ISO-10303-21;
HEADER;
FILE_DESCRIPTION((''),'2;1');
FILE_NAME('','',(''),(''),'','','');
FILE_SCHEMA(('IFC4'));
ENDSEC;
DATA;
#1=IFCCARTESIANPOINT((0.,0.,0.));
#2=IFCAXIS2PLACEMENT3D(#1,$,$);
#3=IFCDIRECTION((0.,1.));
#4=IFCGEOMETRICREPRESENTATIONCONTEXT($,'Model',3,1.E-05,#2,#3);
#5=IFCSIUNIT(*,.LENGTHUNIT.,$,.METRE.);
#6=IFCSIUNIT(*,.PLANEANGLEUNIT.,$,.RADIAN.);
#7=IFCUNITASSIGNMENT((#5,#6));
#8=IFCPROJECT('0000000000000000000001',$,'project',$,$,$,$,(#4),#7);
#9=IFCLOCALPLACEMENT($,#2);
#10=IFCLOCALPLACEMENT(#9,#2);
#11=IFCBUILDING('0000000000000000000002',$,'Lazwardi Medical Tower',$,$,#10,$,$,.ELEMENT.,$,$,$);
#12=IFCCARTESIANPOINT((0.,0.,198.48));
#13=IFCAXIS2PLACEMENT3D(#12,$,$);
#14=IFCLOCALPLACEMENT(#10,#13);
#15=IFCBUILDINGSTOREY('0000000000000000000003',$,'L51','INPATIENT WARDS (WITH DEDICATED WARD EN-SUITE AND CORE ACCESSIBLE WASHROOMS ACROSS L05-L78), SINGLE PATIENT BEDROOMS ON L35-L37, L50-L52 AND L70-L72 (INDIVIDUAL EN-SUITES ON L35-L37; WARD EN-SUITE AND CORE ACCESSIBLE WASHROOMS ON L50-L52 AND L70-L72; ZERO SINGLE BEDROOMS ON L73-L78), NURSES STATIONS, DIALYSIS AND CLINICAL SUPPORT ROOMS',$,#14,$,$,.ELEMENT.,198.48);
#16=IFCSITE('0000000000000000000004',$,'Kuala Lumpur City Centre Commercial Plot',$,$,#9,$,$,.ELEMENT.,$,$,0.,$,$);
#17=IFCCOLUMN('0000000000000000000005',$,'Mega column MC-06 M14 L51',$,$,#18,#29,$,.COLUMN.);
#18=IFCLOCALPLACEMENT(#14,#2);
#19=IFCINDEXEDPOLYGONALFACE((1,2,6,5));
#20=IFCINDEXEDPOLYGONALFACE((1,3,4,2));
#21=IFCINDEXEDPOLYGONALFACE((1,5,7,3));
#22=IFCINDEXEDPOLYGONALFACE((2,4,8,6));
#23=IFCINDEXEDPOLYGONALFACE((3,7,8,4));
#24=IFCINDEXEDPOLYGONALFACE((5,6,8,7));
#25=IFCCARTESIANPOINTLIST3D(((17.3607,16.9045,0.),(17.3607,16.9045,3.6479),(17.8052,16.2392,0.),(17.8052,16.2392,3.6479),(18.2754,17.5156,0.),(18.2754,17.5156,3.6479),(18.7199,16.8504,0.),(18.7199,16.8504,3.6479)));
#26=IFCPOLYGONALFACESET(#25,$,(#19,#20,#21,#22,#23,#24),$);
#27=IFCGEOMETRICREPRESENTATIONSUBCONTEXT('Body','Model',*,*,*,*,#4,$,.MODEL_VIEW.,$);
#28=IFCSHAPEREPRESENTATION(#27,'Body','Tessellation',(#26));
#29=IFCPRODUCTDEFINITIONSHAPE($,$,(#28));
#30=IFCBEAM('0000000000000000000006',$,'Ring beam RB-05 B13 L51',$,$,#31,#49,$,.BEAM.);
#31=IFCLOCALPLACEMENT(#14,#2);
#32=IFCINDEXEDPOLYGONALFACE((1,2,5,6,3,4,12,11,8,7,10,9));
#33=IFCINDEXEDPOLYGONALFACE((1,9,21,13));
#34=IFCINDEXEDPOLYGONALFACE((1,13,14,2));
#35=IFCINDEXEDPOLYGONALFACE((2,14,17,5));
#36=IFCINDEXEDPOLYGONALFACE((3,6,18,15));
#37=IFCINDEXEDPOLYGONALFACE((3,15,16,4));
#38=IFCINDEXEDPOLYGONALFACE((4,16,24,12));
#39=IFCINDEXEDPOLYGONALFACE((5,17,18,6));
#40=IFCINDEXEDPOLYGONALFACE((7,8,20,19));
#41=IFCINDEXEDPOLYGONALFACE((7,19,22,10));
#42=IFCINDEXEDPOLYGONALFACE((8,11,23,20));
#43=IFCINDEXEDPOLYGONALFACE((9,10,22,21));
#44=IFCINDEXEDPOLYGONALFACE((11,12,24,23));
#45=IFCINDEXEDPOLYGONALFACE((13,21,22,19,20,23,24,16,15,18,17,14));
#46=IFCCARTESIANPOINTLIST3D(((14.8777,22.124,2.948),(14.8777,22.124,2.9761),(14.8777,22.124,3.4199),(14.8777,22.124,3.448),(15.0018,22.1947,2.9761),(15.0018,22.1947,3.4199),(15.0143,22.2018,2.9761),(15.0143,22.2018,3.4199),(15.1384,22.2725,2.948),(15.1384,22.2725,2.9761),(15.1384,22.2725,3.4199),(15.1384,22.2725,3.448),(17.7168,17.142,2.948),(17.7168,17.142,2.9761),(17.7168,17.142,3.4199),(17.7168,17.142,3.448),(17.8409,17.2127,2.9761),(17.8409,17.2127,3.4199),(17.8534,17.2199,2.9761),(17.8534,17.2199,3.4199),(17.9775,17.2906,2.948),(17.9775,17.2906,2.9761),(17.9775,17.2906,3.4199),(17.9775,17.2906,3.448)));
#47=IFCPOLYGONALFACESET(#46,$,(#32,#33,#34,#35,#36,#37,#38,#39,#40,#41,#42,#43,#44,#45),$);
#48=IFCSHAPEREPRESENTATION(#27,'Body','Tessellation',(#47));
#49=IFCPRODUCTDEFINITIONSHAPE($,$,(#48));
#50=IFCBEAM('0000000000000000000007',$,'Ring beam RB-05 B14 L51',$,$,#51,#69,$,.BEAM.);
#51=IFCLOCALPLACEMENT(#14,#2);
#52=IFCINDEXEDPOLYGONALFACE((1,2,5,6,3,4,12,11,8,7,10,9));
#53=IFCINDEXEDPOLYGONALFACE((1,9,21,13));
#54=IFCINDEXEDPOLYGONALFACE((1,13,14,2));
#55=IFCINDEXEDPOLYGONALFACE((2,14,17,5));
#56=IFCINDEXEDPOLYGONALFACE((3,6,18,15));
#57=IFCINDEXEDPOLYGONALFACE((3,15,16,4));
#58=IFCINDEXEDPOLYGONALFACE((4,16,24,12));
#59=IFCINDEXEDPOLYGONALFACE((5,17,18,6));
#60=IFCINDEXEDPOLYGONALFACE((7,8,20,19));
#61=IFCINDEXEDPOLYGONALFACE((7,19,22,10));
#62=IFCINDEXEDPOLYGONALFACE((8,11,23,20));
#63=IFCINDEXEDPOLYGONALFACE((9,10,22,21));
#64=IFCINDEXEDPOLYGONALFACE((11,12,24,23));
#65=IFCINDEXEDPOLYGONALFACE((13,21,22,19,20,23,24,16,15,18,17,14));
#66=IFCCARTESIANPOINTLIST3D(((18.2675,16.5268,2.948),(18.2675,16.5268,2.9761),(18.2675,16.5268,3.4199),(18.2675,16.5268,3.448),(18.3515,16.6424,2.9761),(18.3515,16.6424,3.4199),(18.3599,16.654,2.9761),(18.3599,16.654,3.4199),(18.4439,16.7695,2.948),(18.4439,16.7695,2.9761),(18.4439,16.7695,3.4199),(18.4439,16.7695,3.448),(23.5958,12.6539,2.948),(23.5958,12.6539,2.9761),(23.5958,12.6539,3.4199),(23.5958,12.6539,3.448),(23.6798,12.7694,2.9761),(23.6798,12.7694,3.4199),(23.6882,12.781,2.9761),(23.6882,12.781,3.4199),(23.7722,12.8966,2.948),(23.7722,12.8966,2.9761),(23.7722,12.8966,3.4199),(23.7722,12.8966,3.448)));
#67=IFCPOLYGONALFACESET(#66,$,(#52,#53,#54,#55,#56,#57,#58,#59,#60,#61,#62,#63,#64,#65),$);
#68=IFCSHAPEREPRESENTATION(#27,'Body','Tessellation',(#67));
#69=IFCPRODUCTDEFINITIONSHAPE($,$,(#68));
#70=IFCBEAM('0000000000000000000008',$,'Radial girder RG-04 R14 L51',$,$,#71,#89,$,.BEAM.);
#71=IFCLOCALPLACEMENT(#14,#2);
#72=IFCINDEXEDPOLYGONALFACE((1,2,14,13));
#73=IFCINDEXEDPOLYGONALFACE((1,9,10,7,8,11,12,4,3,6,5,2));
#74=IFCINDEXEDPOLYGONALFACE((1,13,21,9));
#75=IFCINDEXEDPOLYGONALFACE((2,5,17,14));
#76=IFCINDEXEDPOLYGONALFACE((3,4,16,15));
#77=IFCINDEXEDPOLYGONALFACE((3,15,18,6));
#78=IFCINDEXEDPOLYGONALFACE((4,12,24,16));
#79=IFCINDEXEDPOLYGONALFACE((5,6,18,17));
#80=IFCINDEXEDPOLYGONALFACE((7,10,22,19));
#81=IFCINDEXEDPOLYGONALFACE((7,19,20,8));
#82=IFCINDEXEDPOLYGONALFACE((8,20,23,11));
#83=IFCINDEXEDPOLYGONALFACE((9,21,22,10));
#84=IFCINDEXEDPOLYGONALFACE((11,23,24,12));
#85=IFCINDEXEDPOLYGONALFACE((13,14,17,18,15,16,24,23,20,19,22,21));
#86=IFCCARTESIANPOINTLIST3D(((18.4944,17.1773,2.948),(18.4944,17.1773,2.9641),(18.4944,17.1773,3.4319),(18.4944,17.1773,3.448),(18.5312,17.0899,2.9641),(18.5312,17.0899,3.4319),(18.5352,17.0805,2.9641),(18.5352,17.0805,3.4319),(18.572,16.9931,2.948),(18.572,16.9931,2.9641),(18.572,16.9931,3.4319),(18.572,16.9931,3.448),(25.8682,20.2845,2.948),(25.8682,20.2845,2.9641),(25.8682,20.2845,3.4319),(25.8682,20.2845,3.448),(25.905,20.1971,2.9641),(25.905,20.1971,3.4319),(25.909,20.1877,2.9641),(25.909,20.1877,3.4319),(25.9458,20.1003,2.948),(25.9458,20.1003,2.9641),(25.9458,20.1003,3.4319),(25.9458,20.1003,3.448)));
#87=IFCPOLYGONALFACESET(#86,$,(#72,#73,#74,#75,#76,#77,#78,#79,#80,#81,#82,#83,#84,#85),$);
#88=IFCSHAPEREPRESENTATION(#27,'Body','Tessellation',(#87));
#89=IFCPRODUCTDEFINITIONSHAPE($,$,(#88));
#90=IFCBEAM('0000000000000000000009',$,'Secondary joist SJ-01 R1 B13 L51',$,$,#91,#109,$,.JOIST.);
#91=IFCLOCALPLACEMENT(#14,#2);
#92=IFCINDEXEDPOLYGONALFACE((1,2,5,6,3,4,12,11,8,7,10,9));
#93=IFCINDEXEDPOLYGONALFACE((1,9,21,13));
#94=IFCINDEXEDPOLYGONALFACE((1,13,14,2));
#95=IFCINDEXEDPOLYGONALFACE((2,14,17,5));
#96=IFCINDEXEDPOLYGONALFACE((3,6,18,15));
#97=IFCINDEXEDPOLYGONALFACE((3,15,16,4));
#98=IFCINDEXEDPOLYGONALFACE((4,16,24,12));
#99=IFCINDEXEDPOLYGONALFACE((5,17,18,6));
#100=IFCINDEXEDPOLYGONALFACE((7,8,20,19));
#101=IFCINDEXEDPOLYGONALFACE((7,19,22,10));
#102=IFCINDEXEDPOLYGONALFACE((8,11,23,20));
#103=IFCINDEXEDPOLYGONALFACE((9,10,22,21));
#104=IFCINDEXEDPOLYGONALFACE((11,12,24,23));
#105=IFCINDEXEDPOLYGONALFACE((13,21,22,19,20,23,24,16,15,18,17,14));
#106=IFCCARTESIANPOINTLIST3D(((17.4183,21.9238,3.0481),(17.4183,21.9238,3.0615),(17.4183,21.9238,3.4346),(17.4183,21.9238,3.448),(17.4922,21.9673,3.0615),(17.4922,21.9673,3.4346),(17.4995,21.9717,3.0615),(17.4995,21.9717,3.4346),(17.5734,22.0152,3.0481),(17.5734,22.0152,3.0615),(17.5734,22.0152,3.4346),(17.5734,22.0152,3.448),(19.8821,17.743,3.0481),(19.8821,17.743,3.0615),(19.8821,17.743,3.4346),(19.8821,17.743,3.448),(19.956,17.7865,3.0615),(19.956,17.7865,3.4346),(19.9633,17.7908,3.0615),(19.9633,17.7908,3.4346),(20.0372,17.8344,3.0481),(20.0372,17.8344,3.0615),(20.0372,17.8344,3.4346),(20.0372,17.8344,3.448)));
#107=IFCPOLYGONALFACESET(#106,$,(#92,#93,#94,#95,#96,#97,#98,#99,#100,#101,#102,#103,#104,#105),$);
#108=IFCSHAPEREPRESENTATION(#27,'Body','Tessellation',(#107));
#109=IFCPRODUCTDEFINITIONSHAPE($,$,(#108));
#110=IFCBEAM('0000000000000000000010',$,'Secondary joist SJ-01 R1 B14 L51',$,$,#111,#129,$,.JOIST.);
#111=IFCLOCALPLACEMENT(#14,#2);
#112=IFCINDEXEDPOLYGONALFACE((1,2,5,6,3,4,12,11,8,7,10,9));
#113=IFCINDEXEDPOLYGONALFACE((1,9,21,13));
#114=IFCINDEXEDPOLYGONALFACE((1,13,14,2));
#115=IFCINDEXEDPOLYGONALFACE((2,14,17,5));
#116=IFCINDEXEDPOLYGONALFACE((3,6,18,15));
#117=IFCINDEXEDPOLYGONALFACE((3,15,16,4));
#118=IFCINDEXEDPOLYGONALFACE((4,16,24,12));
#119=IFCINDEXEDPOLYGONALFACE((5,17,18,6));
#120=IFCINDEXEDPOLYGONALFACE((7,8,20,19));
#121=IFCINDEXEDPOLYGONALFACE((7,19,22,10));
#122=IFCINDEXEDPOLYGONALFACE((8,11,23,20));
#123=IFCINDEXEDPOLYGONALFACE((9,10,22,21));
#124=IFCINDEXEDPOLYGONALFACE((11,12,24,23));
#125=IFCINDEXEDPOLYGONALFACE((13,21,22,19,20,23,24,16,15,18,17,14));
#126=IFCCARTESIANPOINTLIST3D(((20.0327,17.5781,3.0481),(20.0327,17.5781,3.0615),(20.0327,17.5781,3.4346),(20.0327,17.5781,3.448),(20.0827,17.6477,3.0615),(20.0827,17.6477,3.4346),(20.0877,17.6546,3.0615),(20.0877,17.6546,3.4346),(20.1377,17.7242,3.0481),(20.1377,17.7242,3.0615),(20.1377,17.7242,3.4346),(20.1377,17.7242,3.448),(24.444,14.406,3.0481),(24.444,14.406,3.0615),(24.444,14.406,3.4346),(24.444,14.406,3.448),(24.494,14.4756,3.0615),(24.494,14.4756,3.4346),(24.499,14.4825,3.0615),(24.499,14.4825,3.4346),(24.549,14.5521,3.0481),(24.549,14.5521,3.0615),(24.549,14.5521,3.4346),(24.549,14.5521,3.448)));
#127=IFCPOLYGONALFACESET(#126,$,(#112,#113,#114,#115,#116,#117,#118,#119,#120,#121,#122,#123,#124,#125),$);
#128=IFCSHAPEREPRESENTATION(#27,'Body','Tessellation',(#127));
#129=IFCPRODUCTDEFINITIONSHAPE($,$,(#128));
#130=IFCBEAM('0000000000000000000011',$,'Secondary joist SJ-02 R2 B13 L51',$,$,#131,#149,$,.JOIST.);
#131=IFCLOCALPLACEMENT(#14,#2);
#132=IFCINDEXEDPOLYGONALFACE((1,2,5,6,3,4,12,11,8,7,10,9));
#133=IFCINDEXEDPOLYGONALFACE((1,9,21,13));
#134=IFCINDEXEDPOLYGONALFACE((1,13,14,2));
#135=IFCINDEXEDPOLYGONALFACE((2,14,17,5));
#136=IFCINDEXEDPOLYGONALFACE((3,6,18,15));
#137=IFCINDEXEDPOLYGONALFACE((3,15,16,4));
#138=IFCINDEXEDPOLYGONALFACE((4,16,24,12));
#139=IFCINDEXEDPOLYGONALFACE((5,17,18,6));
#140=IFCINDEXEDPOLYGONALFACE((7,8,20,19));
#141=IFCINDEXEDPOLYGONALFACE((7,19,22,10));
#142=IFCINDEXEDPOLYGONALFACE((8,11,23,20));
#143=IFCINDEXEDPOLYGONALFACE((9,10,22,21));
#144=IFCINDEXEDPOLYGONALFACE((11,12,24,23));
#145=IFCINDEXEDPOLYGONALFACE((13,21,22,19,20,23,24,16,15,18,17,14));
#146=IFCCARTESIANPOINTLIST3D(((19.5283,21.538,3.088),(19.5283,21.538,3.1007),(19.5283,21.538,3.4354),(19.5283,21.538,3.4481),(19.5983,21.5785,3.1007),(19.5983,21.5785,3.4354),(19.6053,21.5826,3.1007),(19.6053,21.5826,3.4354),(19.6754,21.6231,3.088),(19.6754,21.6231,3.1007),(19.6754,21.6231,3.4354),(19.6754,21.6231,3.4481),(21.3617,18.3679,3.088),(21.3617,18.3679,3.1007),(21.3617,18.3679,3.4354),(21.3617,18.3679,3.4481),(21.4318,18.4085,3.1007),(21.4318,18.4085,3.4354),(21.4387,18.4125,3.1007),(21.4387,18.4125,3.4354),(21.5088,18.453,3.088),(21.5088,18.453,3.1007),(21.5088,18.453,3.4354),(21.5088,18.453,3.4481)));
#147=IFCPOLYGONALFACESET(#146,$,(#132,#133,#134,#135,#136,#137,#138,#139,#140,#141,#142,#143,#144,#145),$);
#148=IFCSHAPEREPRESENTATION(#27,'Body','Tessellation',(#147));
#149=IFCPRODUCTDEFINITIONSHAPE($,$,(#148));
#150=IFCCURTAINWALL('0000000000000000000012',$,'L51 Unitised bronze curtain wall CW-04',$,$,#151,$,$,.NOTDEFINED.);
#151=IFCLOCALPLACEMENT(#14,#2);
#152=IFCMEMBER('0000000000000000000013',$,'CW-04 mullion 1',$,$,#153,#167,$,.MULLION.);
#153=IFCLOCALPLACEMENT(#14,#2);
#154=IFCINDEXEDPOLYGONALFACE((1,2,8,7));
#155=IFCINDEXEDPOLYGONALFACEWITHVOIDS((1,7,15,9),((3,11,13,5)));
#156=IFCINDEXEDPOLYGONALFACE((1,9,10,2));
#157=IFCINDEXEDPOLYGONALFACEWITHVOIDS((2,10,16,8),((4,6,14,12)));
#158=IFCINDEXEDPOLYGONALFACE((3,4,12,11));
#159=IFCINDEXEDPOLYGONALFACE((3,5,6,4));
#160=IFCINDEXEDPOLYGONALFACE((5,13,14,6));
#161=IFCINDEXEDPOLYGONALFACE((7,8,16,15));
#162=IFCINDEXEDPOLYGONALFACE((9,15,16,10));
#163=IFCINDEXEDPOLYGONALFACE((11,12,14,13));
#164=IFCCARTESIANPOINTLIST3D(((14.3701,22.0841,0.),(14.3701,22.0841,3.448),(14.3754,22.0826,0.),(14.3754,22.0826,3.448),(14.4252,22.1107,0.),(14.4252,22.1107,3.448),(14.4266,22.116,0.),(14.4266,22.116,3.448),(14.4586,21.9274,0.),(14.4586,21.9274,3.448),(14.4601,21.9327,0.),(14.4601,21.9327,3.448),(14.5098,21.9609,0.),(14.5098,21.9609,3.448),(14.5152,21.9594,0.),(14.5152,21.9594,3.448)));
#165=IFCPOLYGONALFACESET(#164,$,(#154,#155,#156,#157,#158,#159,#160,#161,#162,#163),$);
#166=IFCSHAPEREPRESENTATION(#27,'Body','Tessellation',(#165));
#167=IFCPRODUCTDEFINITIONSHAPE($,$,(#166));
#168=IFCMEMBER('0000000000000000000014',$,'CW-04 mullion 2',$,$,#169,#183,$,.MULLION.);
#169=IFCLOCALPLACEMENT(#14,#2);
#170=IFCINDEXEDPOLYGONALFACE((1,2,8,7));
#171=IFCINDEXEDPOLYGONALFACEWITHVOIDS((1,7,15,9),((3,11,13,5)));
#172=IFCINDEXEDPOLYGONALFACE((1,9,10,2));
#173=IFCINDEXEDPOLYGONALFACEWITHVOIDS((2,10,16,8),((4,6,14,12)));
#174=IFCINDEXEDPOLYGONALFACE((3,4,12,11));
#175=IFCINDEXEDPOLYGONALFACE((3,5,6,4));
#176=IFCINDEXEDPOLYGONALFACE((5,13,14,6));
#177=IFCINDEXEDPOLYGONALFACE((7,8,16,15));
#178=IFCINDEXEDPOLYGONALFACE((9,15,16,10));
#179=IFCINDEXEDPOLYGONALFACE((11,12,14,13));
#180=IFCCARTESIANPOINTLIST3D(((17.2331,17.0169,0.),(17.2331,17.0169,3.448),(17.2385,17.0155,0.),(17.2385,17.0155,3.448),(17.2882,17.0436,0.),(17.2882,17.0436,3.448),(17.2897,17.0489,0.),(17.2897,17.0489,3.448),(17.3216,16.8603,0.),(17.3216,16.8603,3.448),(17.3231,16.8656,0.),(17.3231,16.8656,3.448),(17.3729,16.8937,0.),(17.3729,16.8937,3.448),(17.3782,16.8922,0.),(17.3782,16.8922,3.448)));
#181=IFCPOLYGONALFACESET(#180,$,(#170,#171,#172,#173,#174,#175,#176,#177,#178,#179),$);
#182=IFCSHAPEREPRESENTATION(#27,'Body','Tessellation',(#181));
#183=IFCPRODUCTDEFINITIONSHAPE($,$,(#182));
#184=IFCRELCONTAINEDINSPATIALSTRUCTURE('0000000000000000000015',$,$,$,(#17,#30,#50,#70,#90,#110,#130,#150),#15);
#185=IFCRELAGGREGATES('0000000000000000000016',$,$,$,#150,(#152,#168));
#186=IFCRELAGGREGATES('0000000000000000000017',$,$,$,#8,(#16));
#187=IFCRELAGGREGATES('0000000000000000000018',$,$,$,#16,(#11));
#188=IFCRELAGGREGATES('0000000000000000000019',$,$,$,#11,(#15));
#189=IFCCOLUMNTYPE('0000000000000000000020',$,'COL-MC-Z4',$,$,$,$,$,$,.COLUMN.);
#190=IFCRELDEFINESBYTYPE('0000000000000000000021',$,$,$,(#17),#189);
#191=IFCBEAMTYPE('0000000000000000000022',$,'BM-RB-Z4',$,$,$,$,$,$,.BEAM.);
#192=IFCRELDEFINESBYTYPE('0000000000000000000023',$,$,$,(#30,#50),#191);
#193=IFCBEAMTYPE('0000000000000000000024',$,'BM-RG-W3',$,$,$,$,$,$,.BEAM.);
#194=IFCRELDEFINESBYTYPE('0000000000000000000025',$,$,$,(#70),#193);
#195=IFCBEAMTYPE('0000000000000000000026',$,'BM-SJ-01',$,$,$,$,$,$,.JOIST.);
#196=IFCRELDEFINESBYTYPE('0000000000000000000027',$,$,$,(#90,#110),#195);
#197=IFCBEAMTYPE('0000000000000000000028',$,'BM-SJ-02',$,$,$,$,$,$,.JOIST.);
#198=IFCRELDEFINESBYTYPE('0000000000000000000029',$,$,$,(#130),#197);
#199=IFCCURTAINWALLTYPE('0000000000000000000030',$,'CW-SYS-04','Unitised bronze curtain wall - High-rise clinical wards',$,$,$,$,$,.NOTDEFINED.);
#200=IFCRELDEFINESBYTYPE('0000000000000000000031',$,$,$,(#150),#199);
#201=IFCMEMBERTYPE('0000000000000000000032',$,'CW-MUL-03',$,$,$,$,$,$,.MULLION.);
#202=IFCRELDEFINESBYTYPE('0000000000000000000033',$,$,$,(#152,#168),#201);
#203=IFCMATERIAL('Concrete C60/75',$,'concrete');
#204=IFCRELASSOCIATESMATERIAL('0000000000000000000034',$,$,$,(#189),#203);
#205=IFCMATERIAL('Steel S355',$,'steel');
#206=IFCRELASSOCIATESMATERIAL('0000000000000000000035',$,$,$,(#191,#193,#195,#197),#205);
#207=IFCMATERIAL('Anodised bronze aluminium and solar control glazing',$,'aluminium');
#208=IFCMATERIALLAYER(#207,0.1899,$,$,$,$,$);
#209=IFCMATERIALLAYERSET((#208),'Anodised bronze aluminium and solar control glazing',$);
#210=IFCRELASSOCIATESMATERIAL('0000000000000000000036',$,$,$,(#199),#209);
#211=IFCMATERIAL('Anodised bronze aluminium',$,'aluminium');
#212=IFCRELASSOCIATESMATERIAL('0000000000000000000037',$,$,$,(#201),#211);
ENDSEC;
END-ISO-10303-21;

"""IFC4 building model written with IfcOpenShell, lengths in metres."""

from ifc_helpers import new_model, si_unit, direction, frame, origin, origin_2d, place, context, subcontext, project, spatial, rectangle, hollow_rectangle, i_section, extrude, material, layer, layer_set, material_profile, profile_set, type_object, element, aggregate, save


model = new_model("IFC4")

# Units and contexts
model_context = context("Model", 3, precision=1e-05, world=origin(), true_north=direction((0.0, 1.0)))
body_context = subcontext(model_context, "Body", "Model", "MODEL_VIEW")
ifc_project = project(units=[si_unit("LENGTHUNIT", "METRE"), si_unit("PLANEANGLEUNIT", "RADIAN")], contexts=[model_context])

# Site, building, storey
site_placement = place(None, origin())
site = spatial("IfcSite", under=ifc_project, at=site_placement, Name="Kuala Lumpur City Centre Commercial Plot", CompositionType="ELEMENT", RefElevation=0.0)
building_placement = place(site_placement, origin())
building = spatial("IfcBuilding", under=site, at=building_placement, Name="Lazwardi Medical Tower", CompositionType="ELEMENT")
storey_placement = place(building_placement, frame((0.0, 0.0, 198.48)))
storey = spatial("IfcBuildingStorey", under=building, at=storey_placement, Name="L51", Description="INPATIENT WARDS (WITH DEDICATED WARD EN-SUITE AND CORE ACCESSIBLE WASHROOMS ACROSS L05-L78), SINGLE PATIENT BEDROOMS ON L35-L37, L50-L52 AND L70-L72 (INDIVIDUAL EN-SUITES ON L35-L37; WARD EN-SUITE AND CORE ACCESSIBLE WASHROOMS ON L50-L52 AND L70-L72; ZERO SINGLE BEDROOMS ON L73-L78), NURSES STATIONS, DIALYSIS AND CLINICAL SUPPORT ROOMS", CompositionType="ELEMENT", Elevation=198.48)

# Column
ifc_material_1 = material(Name="Concrete C60/75", Category="concrete")
ifc_material_profile_1 = material_profile(ifc_material_1, rectangle(XDim=1.1001, YDim=0.8, at=origin_2d()), Name="CFT-RECT 1100x800")
ifc_profile_set_1 = profile_set([ifc_material_profile_1], Name="Concrete C60/75")
column_type = type_object("IfcColumnType", Name="COL-MC-Z4", PredefinedType="COLUMN", material=ifc_profile_set_1)
column_placement = place(storey_placement, frame((18.0403, 16.8774, 0.0), z_axis=(0.0, 0.0, 1.0), x_axis=(-0.83147, -0.55557, 0.0)))
element("IfcColumn", 1, at=column_placement, inside=storey, type_object=column_type, Name="Mega column MC-06 M14 L51", PredefinedType="COLUMN", context=body_context, shape_type="SweptSolid", body=[
    extrude(rectangle(XDim=1.1001, YDim=0.8, at=origin_2d()), origin(), (0.0, 0.0, 1.0), 3.6479),
])

# Beams
ifc_material_2 = material(Name="Steel S355", Category="steel")
ifc_material_profile_2 = material_profile(ifc_material_2, i_section(OverallWidth=0.3, OverallDepth=0.5, WebThickness=0.0144, FlangeThickness=0.0281, at=origin_2d()), Name="HEB 500")
ifc_profile_set_2 = profile_set([ifc_material_profile_2], Name="Steel S355")
beam_type_1 = type_object("IfcBeamType", Name="BM-RB-Z4", PredefinedType="BEAM", material=ifc_profile_set_2)
beam_1_placement = place(storey_placement, frame((15.0081, 22.1982, 3.198), z_axis=(0.495125, -0.868822, 0.0), x_axis=(0.868822, 0.495125, 0.0)))
element("IfcBeam", 2, at=beam_1_placement, inside=storey, type_object=beam_type_1, Name="Ring beam RB-05 B13 L51", PredefinedType="BEAM", context=body_context, shape_type="SweptSolid", body=[
    extrude(i_section(OverallWidth=0.3, OverallDepth=0.5, WebThickness=0.0144, FlangeThickness=0.0281, at=origin_2d()), origin(), (0.0, 0.0, 1.0), 5.7341),
])
beam_2_placement = place(storey_placement, frame((18.3557, 16.6482, 3.198), z_axis=(0.80889, -0.58796, 0.0), x_axis=(0.58796, 0.80889, 0.0)))
element("IfcBeam", 3, at=beam_2_placement, inside=storey, type_object=beam_type_1, Name="Ring beam RB-05 B14 L51", PredefinedType="BEAM", context=body_context, shape_type="SweptSolid", body=[
    extrude(i_section(OverallWidth=0.3, OverallDepth=0.5, WebThickness=0.0144, FlangeThickness=0.0281, at=origin_2d()), origin(), (0.0, 0.0, 1.0), 6.5872),
])
ifc_material_profile_3 = material_profile(ifc_material_2, i_section(OverallWidth=0.2, OverallDepth=0.5, WebThickness=0.0103, FlangeThickness=0.0161, at=origin_2d()), Name="IPE 500")
ifc_profile_set_3 = profile_set([ifc_material_profile_3], Name="Steel S355")
beam_type_2 = type_object("IfcBeamType", Name="BM-RG-W3", PredefinedType="BEAM", material=ifc_profile_set_3)
beam_3_placement = place(storey_placement, frame((18.5332, 17.0852, 3.198), z_axis=(0.921527, 0.388315, 0.0), x_axis=(-0.388315, 0.921527, 0.0)))
element("IfcBeam", 4, at=beam_3_placement, inside=storey, type_object=beam_type_2, Name="Radial girder RG-04 R14 L51", PredefinedType="BEAM", context=body_context, shape_type="SweptSolid", body=[
    extrude(i_section(OverallWidth=0.2, OverallDepth=0.5, WebThickness=0.0103, FlangeThickness=0.0161, at=origin_2d()), origin(), (0.0, 0.0, 1.0), 8.0017),
])
ifc_material_profile_4 = material_profile(ifc_material_2, i_section(OverallWidth=0.1799, OverallDepth=0.3999, WebThickness=0.0085, FlangeThickness=0.0134, at=origin_2d()), Name="IPE 400")
ifc_profile_set_4 = profile_set([ifc_material_profile_4], Name="Steel S355")
beam_type_3 = type_object("IfcBeamType", Name="BM-SJ-01", PredefinedType="JOIST", material=ifc_profile_set_4)
beam_4_placement = place(storey_placement, frame((17.4958, 21.9695, 3.248), z_axis=(0.50771, -0.861528, 0.0), x_axis=(0.861528, 0.50771, 0.0)))
element("IfcBeam", 5, at=beam_4_placement, inside=storey, type_object=beam_type_3, Name="Secondary joist SJ-01 R1 B13 L51", PredefinedType="JOIST", context=body_context, shape_type="SweptSolid", body=[
    extrude(i_section(OverallWidth=0.1799, OverallDepth=0.3999, WebThickness=0.0085, FlangeThickness=0.0134, at=origin_2d()), origin(), (0.0, 0.0, 1.0), 4.8528),
])
beam_5_placement = place(storey_placement, frame((20.0852, 17.6511, 3.248), z_axis=(0.81189, -0.583811, 0.0), x_axis=(0.583811, 0.81189, 0.0)))
element("IfcBeam", 6, at=beam_5_placement, inside=storey, type_object=beam_type_3, Name="Secondary joist SJ-01 R1 B14 L51", PredefinedType="JOIST", context=body_context, shape_type="SweptSolid", body=[
    extrude(i_section(OverallWidth=0.1799, OverallDepth=0.3999, WebThickness=0.0085, FlangeThickness=0.0134, at=origin_2d()), origin(), (0.0, 0.0, 1.0), 5.4333),
])
ifc_material_profile_5 = material_profile(ifc_material_2, i_section(OverallWidth=0.1699, OverallDepth=0.3601, WebThickness=0.0081, FlangeThickness=0.0127, at=origin_2d()), Name="IPE 360")
ifc_profile_set_5 = profile_set([ifc_material_profile_5], Name="Steel S355")
beam_type_4 = type_object("IfcBeamType", Name="BM-SJ-02", PredefinedType="JOIST", material=ifc_profile_set_5)
beam_6_placement = place(storey_placement, frame((19.6018, 21.5806, 3.2681), z_axis=(0.500655, -0.865647, 0.0), x_axis=(0.865647, 0.500655, 0.0)))
element("IfcBeam", 7, at=beam_6_placement, inside=storey, type_object=beam_type_4, Name="Secondary joist SJ-02 R2 B13 L51", PredefinedType="JOIST", context=body_context, shape_type="SweptSolid", body=[
    extrude(i_section(OverallWidth=0.1699, OverallDepth=0.3601, WebThickness=0.0081, FlangeThickness=0.0127, at=origin_2d()), origin(), (0.0, 0.0, 1.0), 3.6621),
])

# Curtain wall, members
ifc_material_3 = material(Name="Anodised bronze aluminium and solar control glazing", Category="aluminium")
ifc_layer_1 = layer(ifc_material_3, 0.1899)
ifc_layer_set_1 = layer_set([ifc_layer_1], Name="Anodised bronze aluminium and solar control glazing")
curtain_wall_type = type_object("IfcCurtainWallType", Name="CW-SYS-04", Description="Unitised bronze curtain wall - High-rise clinical wards", PredefinedType="NOTDEFINED", material=ifc_layer_set_1)
curtain_wall_1_placement = place(storey_placement, origin())
curtain_wall_1 = element("IfcCurtainWall", 8, at=curtain_wall_1_placement, inside=storey, type_object=curtain_wall_type, Name="L51 Unitised bronze curtain wall CW-04", PredefinedType="NOTDEFINED")
ifc_material_4 = material(Name="Anodised bronze aluminium", Category="aluminium")
ifc_material_profile_6 = material_profile(ifc_material_4, hollow_rectangle(XDim=0.0649, YDim=0.1799, WallThickness=0.0039, at=origin_2d()), Name="ALU-MULLION 180x65x4")
ifc_profile_set_6 = profile_set([ifc_material_profile_6], Name="Anodised bronze aluminium")
member_type_1 = type_object("IfcMemberType", Name="CW-MUL-03", PredefinedType="MULLION", material=ifc_profile_set_6)
member_1_placement = place(storey_placement, frame((14.4426, 22.0217, 0.0), z_axis=(0.0, 0.0, 1.0), x_axis=(0.870651, 0.4919, 0.0)))
member_1 = element("IfcMember", 9, at=member_1_placement, type_object=member_type_1, Name="CW-04 mullion 1", PredefinedType="MULLION", context=body_context, shape_type="SweptSolid", body=[
    extrude(hollow_rectangle(XDim=0.0649, YDim=0.1799, WallThickness=0.0039, at=origin_2d()), origin(), (0.0, 0.0, 1.0), 3.448),
])
member_2_placement = place(storey_placement, frame((17.3057, 16.9546, 0.0), z_axis=(0.0, 0.0, 1.0), x_axis=(0.870651, 0.4919, 0.0)))
member_2 = element("IfcMember", 10, at=member_2_placement, type_object=member_type_1, Name="CW-04 mullion 2", PredefinedType="MULLION", context=body_context, shape_type="SweptSolid", body=[
    extrude(hollow_rectangle(XDim=0.0649, YDim=0.1799, WallThickness=0.0039, at=origin_2d()), origin(), (0.0, 0.0, 1.0), 3.448),
])

aggregate(curtain_wall_1, [member_1, member_2])

save(model, "model.ifc")
